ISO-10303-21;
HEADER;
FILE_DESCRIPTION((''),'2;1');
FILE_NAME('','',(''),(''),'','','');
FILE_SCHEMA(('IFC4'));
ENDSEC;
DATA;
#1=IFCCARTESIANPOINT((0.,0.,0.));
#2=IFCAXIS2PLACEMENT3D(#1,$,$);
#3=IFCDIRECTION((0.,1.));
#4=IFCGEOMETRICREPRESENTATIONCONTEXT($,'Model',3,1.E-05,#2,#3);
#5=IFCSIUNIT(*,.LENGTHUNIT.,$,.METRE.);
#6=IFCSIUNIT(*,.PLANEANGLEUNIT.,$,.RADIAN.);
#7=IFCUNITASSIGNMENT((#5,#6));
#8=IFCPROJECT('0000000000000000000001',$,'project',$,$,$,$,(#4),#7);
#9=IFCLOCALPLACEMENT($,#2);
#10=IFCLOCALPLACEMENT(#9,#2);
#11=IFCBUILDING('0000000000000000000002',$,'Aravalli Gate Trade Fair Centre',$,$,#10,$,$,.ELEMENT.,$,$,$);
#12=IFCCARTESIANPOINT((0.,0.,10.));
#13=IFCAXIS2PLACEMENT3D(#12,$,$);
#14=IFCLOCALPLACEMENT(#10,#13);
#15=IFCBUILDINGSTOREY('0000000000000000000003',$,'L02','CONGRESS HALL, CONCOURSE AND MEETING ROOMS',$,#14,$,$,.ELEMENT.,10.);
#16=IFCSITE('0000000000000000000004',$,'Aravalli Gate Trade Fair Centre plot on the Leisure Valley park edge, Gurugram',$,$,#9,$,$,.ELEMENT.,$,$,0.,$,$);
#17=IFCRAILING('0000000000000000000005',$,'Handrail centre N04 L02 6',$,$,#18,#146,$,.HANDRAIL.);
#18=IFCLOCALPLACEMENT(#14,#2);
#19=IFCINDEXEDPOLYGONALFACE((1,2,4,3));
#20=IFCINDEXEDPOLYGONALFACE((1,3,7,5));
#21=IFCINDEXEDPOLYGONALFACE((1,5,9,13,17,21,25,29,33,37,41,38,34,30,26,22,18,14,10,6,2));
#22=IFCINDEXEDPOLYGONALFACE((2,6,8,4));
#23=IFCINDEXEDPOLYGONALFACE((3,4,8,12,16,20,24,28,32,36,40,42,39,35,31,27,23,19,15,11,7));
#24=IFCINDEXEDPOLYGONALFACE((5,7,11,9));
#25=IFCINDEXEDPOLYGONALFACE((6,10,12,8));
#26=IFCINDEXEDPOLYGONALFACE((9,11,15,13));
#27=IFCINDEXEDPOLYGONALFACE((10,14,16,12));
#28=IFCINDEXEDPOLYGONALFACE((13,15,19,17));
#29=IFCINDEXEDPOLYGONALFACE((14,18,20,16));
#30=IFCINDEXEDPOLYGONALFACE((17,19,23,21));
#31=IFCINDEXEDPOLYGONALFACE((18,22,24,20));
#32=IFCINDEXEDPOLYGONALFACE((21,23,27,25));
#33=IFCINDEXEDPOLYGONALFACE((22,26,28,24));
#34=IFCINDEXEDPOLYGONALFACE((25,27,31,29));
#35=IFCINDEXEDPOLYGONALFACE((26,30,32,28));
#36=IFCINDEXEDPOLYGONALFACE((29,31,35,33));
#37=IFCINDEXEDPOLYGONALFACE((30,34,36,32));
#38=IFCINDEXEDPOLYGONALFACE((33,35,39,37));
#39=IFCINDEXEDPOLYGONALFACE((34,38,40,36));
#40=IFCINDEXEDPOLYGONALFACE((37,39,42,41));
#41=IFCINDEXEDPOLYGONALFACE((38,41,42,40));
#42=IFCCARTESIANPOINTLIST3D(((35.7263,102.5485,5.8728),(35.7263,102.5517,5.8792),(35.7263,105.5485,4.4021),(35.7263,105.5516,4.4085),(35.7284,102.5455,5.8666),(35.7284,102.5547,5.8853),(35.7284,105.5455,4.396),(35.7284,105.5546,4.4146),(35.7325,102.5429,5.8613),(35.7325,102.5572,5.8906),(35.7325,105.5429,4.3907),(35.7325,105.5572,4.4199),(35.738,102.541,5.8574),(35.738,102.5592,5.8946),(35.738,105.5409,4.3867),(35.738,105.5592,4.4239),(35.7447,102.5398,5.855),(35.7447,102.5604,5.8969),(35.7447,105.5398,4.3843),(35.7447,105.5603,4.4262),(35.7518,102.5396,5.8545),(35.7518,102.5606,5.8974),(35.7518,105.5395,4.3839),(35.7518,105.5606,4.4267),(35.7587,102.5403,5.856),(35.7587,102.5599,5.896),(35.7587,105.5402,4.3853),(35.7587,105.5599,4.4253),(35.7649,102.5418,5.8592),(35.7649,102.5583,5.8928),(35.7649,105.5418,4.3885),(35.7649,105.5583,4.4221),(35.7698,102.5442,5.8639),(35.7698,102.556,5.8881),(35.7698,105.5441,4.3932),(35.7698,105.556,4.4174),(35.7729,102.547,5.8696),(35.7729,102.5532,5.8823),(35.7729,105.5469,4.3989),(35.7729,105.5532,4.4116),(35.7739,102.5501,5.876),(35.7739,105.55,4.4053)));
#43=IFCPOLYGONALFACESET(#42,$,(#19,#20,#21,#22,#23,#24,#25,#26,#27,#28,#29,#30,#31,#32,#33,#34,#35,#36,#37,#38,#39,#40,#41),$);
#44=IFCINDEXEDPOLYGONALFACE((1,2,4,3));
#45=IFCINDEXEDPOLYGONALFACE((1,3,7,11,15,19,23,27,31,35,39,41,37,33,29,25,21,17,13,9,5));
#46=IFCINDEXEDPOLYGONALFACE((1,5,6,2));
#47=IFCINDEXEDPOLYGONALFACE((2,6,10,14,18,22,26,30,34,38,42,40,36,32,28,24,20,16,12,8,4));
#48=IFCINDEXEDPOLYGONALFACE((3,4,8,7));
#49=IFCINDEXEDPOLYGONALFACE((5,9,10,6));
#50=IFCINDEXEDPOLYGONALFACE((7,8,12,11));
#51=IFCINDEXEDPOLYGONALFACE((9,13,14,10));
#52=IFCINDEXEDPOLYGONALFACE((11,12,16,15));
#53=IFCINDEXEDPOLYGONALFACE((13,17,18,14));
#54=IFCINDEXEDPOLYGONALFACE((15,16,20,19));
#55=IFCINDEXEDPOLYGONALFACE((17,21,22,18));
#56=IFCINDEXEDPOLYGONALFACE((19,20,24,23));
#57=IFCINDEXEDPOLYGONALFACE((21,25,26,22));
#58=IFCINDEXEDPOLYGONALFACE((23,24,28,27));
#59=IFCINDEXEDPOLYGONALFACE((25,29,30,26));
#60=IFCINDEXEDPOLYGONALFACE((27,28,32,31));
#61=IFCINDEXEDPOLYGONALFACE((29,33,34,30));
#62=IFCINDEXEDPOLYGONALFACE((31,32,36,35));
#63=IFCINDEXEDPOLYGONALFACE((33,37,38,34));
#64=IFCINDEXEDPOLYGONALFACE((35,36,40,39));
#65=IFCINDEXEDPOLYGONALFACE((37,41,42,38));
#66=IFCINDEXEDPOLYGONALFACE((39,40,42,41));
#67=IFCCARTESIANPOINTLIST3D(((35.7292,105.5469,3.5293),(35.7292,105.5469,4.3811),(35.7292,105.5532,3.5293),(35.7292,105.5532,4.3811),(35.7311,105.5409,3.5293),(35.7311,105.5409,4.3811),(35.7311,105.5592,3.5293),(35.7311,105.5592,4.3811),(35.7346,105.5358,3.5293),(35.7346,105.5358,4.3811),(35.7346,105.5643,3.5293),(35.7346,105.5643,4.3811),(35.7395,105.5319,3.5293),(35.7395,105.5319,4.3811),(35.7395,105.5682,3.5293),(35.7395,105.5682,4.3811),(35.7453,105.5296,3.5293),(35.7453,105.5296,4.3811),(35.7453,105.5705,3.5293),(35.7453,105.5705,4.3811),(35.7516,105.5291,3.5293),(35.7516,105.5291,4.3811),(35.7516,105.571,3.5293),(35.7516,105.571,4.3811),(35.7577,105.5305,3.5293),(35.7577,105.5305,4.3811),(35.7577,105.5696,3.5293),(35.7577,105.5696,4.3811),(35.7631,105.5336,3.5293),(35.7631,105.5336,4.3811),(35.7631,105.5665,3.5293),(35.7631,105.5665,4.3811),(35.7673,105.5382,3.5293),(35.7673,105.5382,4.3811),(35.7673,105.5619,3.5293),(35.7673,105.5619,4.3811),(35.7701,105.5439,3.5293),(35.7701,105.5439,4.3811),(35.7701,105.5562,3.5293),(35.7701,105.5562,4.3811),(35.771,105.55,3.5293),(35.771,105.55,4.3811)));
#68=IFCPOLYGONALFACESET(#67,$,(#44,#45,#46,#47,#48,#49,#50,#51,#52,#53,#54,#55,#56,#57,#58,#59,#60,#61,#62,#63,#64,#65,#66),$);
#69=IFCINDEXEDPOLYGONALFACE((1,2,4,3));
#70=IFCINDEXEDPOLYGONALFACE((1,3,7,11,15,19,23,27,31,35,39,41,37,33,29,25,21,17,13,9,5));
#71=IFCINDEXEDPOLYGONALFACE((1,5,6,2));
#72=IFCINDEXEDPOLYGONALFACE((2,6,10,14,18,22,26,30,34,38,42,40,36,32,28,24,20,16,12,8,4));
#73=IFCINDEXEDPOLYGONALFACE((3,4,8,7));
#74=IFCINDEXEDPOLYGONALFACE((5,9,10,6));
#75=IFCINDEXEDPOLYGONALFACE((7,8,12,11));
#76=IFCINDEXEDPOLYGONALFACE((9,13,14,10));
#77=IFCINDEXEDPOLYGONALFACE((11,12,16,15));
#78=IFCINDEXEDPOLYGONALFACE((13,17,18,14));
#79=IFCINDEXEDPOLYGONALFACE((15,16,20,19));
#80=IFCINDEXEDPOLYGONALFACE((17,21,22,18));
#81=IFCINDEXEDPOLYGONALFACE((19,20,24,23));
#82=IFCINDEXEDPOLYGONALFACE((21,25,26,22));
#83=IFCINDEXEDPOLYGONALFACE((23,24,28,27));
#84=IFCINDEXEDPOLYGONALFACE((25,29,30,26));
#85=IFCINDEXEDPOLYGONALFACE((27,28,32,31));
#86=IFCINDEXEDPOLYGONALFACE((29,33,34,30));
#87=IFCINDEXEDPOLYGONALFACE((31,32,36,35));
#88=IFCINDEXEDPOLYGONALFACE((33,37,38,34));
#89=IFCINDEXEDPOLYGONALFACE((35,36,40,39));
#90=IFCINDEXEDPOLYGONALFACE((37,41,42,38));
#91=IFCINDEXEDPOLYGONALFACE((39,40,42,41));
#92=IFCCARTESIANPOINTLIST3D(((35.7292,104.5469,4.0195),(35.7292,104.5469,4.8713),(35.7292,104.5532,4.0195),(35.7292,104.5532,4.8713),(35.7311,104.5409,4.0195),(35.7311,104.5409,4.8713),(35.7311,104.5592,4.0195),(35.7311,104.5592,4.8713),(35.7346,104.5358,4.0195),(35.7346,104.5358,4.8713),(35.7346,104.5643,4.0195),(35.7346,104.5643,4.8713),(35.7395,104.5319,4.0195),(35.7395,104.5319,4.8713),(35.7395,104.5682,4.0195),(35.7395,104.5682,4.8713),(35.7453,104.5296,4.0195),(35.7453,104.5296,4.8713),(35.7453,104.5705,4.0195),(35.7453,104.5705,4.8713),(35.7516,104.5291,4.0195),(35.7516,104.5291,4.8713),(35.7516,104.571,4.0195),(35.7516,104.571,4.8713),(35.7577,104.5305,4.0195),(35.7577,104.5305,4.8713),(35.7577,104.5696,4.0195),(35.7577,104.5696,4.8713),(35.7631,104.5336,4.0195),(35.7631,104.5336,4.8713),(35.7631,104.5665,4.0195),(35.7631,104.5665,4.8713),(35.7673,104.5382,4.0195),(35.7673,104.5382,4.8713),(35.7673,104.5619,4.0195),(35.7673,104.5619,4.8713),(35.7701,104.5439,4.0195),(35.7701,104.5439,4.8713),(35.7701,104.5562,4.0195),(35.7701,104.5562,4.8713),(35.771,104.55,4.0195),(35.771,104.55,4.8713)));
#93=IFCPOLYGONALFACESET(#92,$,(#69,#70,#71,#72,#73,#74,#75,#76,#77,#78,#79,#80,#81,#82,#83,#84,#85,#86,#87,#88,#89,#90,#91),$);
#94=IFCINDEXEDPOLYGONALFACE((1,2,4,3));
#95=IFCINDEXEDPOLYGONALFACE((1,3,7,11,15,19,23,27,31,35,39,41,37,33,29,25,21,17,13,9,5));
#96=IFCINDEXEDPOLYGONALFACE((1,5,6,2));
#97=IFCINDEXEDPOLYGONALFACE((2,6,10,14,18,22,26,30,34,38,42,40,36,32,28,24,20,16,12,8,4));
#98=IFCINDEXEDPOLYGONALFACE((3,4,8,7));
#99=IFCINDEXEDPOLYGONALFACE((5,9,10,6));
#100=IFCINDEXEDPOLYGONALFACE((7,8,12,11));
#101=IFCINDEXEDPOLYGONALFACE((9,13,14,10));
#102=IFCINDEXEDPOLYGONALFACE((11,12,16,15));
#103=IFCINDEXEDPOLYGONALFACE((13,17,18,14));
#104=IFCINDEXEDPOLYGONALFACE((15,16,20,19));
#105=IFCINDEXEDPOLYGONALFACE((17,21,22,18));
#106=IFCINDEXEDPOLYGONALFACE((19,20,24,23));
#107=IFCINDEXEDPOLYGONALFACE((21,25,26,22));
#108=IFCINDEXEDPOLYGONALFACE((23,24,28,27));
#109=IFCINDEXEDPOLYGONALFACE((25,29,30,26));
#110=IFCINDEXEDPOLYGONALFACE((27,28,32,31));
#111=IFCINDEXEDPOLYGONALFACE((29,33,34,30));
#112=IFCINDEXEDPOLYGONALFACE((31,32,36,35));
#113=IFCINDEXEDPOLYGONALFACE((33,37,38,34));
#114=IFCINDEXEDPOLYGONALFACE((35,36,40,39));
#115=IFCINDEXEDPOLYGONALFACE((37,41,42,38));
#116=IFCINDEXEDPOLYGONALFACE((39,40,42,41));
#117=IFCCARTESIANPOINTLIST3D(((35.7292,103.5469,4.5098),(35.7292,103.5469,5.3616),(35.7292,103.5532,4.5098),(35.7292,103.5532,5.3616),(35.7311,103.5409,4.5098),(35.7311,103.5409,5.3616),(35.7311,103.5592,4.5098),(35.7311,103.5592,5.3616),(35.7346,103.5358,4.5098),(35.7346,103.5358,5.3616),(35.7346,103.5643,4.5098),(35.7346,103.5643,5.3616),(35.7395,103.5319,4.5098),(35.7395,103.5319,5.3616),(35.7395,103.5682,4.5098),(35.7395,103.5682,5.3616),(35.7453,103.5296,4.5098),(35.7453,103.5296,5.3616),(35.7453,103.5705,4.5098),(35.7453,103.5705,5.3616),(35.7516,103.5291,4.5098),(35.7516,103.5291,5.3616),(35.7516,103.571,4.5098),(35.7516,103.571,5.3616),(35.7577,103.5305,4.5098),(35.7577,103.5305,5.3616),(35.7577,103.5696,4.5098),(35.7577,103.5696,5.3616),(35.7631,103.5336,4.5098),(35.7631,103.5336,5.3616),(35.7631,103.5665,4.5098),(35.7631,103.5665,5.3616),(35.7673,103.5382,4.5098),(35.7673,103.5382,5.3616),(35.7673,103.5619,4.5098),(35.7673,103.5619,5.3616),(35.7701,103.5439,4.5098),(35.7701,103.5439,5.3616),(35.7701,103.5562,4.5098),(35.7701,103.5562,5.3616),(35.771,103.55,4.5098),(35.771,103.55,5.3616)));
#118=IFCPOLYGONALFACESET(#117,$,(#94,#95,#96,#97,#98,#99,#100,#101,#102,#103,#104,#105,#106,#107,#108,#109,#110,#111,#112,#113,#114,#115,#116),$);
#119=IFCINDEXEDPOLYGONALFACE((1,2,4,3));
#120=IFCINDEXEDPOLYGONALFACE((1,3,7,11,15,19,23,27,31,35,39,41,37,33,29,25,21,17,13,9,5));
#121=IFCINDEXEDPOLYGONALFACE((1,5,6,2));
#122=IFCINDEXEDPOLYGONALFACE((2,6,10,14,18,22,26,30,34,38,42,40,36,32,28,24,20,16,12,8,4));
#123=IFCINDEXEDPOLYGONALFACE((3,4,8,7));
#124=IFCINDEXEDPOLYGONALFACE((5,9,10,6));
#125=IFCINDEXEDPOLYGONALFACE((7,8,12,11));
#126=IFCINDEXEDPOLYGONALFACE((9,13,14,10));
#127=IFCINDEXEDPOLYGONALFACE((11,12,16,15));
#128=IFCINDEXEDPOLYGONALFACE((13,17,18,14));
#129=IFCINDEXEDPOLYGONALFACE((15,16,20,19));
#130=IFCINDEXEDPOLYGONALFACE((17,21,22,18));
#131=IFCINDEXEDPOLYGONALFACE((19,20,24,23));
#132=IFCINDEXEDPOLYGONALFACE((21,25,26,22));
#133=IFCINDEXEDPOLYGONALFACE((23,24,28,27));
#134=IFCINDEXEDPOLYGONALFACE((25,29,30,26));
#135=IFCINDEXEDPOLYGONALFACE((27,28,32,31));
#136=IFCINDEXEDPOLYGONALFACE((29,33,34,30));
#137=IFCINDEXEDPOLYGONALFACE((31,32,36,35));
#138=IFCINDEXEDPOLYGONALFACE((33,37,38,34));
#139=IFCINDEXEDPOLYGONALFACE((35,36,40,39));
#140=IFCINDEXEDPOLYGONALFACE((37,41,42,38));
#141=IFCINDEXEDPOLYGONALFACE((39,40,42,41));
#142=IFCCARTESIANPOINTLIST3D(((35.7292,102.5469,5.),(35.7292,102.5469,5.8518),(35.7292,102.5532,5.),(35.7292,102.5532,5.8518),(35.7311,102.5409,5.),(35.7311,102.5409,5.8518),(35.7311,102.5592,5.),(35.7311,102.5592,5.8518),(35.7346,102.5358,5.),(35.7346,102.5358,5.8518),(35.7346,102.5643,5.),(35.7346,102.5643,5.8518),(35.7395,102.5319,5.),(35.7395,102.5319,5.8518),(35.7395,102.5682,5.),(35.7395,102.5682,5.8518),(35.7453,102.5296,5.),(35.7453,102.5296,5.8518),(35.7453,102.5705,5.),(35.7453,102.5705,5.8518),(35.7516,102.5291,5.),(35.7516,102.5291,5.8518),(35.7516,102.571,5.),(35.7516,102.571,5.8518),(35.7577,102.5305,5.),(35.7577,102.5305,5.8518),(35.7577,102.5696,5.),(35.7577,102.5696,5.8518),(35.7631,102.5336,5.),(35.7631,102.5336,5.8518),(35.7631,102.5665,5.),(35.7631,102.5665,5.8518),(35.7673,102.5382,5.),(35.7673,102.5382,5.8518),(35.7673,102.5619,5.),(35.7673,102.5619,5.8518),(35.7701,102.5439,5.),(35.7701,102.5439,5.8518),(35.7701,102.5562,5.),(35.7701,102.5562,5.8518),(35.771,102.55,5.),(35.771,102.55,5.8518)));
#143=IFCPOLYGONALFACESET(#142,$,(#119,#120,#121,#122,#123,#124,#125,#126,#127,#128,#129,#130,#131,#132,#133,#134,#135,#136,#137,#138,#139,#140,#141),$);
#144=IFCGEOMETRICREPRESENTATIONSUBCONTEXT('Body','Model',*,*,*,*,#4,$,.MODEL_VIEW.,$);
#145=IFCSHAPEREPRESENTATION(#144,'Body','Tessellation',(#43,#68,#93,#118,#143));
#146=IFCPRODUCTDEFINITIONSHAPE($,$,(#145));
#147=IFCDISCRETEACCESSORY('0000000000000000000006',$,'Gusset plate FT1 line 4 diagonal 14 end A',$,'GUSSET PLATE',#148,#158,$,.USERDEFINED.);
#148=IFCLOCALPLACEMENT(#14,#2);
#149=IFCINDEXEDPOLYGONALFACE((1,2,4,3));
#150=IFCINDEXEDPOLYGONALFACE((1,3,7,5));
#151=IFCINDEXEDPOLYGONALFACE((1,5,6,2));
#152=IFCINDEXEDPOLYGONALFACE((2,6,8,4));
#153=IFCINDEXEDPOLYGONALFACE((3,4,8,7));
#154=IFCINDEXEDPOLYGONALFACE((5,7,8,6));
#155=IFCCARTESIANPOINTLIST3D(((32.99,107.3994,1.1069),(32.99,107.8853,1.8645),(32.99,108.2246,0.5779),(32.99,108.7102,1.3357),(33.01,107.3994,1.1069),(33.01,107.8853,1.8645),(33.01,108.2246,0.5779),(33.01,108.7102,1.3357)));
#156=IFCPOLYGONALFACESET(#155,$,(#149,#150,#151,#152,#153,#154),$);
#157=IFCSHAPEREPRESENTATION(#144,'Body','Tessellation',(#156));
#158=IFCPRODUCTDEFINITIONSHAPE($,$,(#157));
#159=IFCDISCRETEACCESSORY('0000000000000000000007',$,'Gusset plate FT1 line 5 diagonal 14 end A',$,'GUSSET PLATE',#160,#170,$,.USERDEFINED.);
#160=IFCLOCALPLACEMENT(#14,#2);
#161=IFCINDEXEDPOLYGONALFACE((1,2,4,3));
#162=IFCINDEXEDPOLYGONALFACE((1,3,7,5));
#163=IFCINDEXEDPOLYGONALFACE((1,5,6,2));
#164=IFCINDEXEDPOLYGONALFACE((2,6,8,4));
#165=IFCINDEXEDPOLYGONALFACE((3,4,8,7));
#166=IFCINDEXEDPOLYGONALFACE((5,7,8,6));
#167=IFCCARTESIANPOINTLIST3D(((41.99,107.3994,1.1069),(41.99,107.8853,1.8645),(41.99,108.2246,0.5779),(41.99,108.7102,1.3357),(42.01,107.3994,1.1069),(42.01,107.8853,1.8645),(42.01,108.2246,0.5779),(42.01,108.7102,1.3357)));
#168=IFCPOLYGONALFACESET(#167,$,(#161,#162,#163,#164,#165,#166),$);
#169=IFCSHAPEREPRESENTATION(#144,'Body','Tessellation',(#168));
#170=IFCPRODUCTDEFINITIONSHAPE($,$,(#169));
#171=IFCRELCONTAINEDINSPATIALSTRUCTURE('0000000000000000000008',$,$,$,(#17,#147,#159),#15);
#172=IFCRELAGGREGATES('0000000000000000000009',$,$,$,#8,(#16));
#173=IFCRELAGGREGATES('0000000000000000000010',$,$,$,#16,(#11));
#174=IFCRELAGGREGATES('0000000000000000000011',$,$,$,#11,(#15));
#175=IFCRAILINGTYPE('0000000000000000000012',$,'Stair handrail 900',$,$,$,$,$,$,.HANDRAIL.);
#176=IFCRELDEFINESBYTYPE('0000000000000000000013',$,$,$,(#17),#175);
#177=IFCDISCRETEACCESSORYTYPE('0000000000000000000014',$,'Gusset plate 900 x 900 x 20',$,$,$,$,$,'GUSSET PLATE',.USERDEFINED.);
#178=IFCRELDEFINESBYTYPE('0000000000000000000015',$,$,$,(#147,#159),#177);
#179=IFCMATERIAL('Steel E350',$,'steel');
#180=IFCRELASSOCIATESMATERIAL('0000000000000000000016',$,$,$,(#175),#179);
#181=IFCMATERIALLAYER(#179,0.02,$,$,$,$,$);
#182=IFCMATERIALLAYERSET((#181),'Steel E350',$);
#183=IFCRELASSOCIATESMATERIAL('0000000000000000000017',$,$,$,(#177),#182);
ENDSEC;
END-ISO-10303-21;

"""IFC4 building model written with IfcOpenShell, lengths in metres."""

from ifc_helpers import new_model, si_unit, direction, frame, origin, origin_2d, place, context, subcontext, project, spatial, polyline, circle, outline, extrude, material, layer, layer_set, type_object, element, save


model = new_model("IFC4")

# Units and contexts
model_context = context("Model", 3, precision=1e-05, world=origin(), true_north=direction((0.0, 1.0)))
body_context = subcontext(model_context, "Body", "Model", "MODEL_VIEW")
ifc_project = project(units=[si_unit("LENGTHUNIT", "METRE"), si_unit("PLANEANGLEUNIT", "RADIAN")], contexts=[model_context])

# Site, building, storey
site_placement = place(None, origin())
site = spatial("IfcSite", under=ifc_project, at=site_placement, Name="Aravalli Gate Trade Fair Centre plot on the Leisure Valley park edge, Gurugram", CompositionType="ELEMENT", RefElevation=0.0)
building_placement = place(site_placement, origin())
building = spatial("IfcBuilding", under=site, at=building_placement, Name="Aravalli Gate Trade Fair Centre", CompositionType="ELEMENT")
storey_placement = place(building_placement, frame((0.0, 0.0, 10.0)))
storey = spatial("IfcBuildingStorey", under=building, at=storey_placement, Name="L02", Description="CONGRESS HALL, CONCOURSE AND MEETING ROOMS", CompositionType="ELEMENT", Elevation=10.0)

# Shared definitions
ifc_material_1 = material(Name="Steel E350", Category="steel")

# Railing
railing_type_1 = type_object("IfcRailingType", Name="Stair handrail 900", PredefinedType="HANDRAIL", material=ifc_material_1)
for number, where, name in (
    (1, (35.75, 105.55, 3.5293), "Handrail centre N04 L02 6"),
):
    element("IfcRailing", number, at=place(storey_placement, frame(where)), inside=storey, type_object=railing_type_1, Name=name, PredefinedType="HANDRAIL", context=body_context, shape_type="SweptSolid", body=[
        extrude(circle(Radius=0.0239, at=origin_2d()), frame((0.0, 0.0, 0.876), z_axis=(0.0, -0.897907, 0.440185), x_axis=(1.0, 0.0, 0.0)), (0.0, 0.0, 1.0), 3.3411),
        extrude(circle(Radius=0.021, at=origin_2d()), origin(), (0.0, 0.0, 1.0), 0.8518),
        extrude(circle(Radius=0.021, at=origin_2d()), frame((0.0, -1.0, 0.4902)), (0.0, 0.0, 1.0), 0.8518),
        extrude(circle(Radius=0.021, at=origin_2d()), frame((0.0, -2.0, 0.9805)), (0.0, 0.0, 1.0), 0.8518),
        extrude(circle(Radius=0.021, at=origin_2d()), frame((0.0, -3.0, 1.4707)), (0.0, 0.0, 1.0), 0.8518),
    ])

# Discrete accessories
ifc_layer_1 = layer(ifc_material_1, 0.02)
ifc_layer_set_1 = layer_set([ifc_layer_1], Name="Steel E350")
discrete_accessory_type = type_object("IfcDiscreteAccessoryType", Name="Gusset plate 900 x 900 x 20", ElementType="GUSSET PLATE", PredefinedType="USERDEFINED", material=ifc_layer_set_1)
for number, where, z_axis, x_axis, name in (
    (2, (33.01, 107.3994, 1.1069), (1.0, 0.0, 0.0), (0.0, 0.841841, -0.539725), "Gusset plate FT1 line 4 diagonal 14 end A"),
    (3, (42.01, 107.3994, 1.1069), (1.0, 0.0, 0.0), (0.0, 0.841841, -0.539725), "Gusset plate FT1 line 5 diagonal 14 end A"),
):
    element("IfcDiscreteAccessory", number, at=place(storey_placement, frame(where, z_axis=z_axis, x_axis=x_axis)), inside=storey, type_object=discrete_accessory_type, Name=name, ObjectType="GUSSET PLATE", PredefinedType="USERDEFINED", context=body_context, shape_type="SweptSolid", body=[
        extrude(outline(polyline([(0.0, 0.0), (0.9802, 0.0), (0.98, 0.9), (0.0001, 0.9), (0.0, 0.0)])), origin(), (0.0, 0.0, -1.0), 0.02),
    ])

save(model, "model.ifc")
